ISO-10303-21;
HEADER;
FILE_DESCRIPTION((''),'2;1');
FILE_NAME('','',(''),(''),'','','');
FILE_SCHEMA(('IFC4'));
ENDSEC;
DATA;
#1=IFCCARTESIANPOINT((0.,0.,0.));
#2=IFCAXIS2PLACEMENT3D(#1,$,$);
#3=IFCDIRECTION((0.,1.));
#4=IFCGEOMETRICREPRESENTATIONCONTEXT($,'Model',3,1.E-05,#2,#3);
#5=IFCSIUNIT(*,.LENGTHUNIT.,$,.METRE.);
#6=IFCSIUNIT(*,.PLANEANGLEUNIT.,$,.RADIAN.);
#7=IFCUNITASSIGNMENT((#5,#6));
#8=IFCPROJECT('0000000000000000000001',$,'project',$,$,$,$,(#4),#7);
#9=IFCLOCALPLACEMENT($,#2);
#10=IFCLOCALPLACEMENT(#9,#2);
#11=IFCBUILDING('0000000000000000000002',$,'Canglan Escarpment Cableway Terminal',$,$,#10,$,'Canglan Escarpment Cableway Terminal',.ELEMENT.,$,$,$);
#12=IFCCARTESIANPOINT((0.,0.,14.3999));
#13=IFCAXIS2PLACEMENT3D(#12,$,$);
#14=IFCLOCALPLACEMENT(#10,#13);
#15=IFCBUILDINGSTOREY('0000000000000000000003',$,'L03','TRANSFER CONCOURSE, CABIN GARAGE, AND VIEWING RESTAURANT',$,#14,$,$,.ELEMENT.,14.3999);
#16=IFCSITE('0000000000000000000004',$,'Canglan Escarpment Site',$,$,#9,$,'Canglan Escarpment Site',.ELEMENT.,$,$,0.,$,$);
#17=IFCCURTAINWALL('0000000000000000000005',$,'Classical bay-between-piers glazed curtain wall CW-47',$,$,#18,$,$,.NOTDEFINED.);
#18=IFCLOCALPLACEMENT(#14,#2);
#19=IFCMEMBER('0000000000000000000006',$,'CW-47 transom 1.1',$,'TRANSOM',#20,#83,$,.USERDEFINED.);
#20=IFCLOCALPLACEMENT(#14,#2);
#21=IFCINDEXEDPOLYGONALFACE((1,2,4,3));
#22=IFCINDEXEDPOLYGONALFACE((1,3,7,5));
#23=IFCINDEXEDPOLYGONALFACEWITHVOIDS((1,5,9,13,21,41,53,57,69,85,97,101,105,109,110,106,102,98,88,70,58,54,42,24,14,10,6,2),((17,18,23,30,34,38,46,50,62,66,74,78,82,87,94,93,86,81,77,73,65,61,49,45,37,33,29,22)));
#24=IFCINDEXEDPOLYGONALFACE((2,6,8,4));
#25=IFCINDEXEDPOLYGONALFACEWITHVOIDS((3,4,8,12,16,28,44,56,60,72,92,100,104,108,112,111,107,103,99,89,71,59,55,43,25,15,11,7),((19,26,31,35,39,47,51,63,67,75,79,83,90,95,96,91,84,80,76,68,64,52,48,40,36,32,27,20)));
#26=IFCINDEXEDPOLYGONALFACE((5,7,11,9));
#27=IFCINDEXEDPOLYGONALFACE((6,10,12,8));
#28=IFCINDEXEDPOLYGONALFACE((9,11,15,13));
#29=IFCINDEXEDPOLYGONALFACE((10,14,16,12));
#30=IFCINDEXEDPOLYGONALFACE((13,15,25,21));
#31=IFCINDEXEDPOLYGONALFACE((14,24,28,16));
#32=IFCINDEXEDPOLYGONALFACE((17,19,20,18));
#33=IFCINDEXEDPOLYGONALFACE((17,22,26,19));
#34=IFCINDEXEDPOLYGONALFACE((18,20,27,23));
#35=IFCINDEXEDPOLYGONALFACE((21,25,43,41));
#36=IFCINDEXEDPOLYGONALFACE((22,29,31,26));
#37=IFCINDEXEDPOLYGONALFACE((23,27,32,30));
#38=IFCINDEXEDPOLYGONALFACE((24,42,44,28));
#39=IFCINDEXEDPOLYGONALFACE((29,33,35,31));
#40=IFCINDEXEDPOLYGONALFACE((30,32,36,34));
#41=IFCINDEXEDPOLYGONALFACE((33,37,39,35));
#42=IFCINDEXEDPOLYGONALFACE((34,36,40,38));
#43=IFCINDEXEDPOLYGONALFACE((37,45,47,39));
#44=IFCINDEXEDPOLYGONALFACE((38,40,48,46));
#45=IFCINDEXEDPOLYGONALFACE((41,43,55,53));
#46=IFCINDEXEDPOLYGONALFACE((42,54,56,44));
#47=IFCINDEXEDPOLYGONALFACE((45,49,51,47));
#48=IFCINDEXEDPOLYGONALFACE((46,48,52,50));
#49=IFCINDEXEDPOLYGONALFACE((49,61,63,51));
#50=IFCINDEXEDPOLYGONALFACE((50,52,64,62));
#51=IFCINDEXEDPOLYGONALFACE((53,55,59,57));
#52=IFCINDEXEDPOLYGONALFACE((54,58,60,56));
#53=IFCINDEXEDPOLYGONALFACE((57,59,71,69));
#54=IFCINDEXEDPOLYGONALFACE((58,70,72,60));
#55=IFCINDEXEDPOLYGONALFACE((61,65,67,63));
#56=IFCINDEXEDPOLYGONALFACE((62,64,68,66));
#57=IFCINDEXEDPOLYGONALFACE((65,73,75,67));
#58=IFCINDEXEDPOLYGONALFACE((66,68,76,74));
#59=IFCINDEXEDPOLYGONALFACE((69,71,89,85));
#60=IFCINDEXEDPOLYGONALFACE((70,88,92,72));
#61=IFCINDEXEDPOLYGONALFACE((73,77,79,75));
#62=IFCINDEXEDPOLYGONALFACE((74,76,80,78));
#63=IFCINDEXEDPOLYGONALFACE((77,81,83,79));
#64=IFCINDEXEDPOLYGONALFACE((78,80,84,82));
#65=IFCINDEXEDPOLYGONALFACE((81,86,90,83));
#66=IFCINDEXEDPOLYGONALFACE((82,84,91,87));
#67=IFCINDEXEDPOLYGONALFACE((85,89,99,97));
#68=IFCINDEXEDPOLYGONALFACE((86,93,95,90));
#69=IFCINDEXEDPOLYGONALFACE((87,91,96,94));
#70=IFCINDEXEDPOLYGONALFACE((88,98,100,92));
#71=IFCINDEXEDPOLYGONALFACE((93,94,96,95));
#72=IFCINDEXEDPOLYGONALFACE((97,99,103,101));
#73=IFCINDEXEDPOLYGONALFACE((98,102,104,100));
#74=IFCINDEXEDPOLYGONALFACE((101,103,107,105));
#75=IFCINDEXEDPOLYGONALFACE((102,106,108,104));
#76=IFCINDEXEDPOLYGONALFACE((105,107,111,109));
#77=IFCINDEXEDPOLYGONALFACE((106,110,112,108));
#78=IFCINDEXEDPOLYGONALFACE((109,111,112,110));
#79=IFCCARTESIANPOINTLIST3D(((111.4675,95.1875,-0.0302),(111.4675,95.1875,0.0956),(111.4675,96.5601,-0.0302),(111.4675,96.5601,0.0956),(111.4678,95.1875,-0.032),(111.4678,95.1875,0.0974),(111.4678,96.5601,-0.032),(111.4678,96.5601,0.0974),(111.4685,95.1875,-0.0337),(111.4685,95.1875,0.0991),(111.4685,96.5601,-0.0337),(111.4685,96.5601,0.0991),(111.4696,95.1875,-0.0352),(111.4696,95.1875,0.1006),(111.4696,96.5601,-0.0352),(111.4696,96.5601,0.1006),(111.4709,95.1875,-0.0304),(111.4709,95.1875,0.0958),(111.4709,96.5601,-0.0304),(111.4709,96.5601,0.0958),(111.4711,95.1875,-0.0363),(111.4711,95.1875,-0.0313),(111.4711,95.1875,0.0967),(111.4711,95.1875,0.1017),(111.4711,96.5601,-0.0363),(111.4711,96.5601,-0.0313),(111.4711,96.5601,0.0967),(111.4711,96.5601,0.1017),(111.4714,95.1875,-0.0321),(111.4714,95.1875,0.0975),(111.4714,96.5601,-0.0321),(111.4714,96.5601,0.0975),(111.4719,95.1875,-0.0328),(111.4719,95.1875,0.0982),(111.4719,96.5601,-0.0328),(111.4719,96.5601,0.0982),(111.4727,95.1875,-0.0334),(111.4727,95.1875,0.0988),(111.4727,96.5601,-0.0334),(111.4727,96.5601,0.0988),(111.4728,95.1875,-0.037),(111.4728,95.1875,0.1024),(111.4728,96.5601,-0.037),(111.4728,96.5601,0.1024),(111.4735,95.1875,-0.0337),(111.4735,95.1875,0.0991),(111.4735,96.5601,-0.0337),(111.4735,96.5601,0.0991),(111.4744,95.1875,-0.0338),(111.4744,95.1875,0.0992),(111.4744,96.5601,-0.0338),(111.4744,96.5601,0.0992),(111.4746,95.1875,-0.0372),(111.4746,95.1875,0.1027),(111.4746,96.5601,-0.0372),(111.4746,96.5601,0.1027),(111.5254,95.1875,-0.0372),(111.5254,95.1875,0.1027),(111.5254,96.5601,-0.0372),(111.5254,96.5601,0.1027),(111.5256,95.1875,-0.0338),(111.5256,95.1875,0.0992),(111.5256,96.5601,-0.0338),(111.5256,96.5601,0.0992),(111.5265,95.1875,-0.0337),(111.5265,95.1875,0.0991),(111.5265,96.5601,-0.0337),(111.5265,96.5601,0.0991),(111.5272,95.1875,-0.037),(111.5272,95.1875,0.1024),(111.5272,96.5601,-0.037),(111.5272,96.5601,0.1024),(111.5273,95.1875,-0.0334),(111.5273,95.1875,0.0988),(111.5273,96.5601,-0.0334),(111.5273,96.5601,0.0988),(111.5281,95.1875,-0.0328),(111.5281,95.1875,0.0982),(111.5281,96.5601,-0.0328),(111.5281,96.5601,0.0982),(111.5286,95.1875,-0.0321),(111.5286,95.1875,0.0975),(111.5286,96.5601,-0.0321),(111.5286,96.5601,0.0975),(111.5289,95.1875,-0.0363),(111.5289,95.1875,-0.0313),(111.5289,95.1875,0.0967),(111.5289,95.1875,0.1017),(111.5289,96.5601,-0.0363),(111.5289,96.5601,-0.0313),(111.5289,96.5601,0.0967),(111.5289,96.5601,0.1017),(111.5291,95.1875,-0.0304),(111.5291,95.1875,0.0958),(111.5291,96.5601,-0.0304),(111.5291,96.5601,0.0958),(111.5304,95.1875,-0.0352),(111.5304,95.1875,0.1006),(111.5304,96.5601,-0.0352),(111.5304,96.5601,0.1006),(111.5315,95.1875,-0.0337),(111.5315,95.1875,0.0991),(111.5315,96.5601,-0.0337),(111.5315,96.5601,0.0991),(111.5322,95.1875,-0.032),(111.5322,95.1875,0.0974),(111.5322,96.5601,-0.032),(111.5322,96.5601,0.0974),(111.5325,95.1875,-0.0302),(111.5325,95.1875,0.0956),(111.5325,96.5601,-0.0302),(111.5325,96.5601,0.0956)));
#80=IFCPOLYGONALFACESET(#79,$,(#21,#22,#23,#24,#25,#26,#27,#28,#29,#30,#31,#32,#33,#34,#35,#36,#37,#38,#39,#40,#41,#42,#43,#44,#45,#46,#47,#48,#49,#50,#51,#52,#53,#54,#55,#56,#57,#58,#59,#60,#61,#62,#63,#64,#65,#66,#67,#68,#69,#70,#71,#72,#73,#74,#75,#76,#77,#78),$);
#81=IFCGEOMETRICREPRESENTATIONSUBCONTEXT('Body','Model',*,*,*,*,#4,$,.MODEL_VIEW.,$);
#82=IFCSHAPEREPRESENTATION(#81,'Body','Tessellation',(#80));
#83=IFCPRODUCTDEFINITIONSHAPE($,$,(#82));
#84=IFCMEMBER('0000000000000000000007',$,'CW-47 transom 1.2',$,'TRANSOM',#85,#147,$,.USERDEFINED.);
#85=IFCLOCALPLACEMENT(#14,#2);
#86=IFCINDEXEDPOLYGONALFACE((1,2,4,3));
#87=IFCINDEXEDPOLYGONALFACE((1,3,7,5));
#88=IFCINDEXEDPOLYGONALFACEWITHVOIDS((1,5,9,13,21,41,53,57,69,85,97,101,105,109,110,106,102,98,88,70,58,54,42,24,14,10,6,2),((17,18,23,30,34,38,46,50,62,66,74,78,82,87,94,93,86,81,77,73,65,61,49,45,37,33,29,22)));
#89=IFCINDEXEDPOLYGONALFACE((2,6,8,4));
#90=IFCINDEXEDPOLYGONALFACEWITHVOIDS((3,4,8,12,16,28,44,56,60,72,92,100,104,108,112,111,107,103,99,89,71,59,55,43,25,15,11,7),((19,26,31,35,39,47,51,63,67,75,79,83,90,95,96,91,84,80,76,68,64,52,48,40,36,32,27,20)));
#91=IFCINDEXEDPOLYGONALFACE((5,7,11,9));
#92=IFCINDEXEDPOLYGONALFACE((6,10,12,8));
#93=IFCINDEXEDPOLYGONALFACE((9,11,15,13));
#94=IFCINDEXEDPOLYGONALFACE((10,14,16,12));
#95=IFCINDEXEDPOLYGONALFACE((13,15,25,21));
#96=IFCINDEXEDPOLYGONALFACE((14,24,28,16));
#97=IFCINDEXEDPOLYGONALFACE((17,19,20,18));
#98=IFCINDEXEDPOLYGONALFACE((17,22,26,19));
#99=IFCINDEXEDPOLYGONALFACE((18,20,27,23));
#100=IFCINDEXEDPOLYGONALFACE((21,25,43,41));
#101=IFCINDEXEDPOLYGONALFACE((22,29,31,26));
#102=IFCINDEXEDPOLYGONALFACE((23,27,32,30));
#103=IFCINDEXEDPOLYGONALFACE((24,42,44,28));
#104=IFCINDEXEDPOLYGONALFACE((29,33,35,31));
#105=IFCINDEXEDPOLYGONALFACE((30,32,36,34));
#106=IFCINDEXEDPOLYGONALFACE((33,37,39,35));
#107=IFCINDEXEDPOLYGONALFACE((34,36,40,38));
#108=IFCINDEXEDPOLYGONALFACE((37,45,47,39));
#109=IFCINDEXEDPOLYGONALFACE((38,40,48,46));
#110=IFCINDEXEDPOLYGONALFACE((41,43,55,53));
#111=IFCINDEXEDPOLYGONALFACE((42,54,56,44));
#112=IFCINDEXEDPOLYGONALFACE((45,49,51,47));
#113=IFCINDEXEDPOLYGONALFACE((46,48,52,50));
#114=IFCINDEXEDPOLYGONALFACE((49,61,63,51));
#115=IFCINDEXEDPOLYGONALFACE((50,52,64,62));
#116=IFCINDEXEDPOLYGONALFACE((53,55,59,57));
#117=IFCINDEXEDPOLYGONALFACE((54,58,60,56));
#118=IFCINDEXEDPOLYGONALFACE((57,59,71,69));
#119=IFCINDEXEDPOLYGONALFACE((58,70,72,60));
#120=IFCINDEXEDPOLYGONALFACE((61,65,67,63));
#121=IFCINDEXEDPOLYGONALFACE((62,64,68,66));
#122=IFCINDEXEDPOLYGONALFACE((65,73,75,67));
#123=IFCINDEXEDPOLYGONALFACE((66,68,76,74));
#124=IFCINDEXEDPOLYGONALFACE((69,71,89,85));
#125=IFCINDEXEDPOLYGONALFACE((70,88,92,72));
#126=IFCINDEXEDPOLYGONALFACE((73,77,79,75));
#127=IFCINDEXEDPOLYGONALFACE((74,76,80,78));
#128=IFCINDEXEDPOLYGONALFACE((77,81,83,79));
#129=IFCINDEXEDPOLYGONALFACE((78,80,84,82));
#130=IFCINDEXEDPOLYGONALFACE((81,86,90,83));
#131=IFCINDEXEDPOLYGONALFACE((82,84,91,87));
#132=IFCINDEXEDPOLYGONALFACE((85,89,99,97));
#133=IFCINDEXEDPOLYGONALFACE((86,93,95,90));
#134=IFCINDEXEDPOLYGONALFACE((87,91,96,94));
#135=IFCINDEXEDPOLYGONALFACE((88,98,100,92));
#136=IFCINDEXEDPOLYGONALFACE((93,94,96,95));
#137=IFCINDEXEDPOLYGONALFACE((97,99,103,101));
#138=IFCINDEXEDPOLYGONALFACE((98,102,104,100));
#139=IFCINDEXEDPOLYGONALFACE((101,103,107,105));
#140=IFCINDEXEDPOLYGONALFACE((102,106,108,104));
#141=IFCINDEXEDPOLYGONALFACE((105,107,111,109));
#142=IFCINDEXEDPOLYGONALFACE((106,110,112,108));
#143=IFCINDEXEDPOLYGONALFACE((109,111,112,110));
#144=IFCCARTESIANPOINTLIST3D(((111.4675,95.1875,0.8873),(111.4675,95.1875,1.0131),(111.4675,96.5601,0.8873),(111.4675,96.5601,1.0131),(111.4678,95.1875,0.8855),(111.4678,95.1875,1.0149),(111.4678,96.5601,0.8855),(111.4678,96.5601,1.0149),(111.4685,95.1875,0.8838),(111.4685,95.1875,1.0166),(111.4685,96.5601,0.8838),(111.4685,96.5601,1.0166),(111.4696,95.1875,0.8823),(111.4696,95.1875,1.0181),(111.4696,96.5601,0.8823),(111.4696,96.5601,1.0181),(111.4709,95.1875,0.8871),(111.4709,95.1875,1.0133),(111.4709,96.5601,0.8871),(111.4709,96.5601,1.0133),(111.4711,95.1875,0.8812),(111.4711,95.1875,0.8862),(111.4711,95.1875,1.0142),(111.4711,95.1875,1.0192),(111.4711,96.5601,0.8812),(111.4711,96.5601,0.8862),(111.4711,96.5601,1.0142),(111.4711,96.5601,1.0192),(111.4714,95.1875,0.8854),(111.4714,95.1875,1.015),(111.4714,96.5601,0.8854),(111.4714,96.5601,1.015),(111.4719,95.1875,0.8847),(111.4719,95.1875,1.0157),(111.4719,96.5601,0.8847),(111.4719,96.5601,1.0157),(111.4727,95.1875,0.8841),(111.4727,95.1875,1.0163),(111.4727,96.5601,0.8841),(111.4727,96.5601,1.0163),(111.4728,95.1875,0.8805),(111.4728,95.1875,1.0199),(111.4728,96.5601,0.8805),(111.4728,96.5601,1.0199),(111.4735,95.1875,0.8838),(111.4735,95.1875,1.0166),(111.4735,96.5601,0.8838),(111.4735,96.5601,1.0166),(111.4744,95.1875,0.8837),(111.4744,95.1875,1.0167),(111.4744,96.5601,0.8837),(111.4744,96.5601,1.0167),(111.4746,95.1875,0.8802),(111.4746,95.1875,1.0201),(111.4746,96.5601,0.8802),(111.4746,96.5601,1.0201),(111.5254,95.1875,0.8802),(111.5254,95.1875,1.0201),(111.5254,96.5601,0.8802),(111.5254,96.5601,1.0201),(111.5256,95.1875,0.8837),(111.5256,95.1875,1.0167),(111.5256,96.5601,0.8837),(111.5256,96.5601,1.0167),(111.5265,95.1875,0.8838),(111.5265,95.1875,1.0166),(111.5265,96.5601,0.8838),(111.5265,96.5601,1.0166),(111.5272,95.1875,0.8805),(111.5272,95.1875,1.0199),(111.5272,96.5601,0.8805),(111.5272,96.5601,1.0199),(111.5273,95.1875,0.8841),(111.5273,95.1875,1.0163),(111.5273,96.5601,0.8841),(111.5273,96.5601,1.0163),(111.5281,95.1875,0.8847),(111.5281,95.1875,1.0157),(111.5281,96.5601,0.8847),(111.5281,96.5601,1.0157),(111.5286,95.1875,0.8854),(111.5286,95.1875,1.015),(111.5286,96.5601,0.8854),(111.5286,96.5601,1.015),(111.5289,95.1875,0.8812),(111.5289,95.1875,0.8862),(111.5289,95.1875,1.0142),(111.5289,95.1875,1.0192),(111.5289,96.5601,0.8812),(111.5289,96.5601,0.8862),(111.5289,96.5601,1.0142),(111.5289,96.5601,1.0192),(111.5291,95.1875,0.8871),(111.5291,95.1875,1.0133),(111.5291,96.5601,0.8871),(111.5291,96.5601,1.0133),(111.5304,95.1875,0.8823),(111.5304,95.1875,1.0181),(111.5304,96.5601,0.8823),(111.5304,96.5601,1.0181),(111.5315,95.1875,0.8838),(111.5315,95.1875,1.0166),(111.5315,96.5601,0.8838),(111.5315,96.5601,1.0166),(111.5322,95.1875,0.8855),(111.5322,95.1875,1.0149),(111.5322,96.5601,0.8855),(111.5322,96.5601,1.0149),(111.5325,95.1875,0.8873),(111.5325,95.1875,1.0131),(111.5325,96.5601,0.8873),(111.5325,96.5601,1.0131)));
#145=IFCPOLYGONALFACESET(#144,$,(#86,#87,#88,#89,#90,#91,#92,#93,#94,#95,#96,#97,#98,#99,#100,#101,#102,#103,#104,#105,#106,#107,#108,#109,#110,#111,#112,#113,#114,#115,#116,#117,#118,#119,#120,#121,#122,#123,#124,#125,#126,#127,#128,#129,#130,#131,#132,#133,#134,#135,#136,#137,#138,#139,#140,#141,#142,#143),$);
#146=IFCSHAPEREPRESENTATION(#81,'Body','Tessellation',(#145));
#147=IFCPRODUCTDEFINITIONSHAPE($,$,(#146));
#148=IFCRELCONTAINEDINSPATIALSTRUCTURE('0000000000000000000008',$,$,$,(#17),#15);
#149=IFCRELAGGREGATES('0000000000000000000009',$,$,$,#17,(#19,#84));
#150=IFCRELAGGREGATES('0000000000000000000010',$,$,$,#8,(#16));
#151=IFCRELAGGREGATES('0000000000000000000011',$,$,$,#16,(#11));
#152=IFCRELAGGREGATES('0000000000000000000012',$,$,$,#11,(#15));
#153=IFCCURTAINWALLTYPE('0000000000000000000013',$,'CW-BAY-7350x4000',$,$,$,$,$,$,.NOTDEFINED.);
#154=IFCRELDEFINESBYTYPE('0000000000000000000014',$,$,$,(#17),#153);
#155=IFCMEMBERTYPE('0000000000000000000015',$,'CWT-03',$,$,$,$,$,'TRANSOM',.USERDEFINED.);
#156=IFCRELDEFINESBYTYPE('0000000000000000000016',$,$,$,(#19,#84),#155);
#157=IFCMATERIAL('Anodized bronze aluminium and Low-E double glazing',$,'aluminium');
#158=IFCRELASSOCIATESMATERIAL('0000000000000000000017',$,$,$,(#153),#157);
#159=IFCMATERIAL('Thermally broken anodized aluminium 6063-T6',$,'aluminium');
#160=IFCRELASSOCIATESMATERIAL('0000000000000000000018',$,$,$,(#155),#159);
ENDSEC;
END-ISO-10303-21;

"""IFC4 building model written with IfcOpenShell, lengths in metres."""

from ifc_helpers import new_model, si_unit, direction, frame, origin, origin_2d, place, context, subcontext, project, spatial, hollow_rectangle, extrude, material, material_profile, profile_set, type_object, element, aggregate, save


model = new_model("IFC4")

# Units and contexts
model_context = context("Model", 3, precision=1e-05, world=origin(), true_north=direction((0.0, 1.0)))
body_context = subcontext(model_context, "Body", "Model", "MODEL_VIEW")
ifc_project = project(units=[si_unit("LENGTHUNIT", "METRE"), si_unit("PLANEANGLEUNIT", "RADIAN")], contexts=[model_context])

# Site, building, storey
site_placement = place(None, origin())
site = spatial("IfcSite", under=ifc_project, at=site_placement, Name="Canglan Escarpment Site", LongName="Canglan Escarpment Site", CompositionType="ELEMENT", RefElevation=0.0)
building_placement = place(site_placement, origin())
building = spatial("IfcBuilding", under=site, at=building_placement, Name="Canglan Escarpment Cableway Terminal", LongName="Canglan Escarpment Cableway Terminal", CompositionType="ELEMENT")
storey_placement = place(building_placement, frame((0.0, 0.0, 14.3999)))
storey = spatial("IfcBuildingStorey", under=building, at=storey_placement, Name="L03", Description="TRANSFER CONCOURSE, CABIN GARAGE, AND VIEWING RESTAURANT", CompositionType="ELEMENT", Elevation=14.3999)

# Shared definitions
ifc_material_1 = material(Name="Anodized bronze aluminium and Low-E double glazing", Category="aluminium")
ifc_material_2 = material(Name="Thermally broken anodized aluminium 6063-T6", Category="aluminium")

# Curtain wall
curtain_wall_type_1 = type_object("IfcCurtainWallType", Name="CW-BAY-7350x4000", PredefinedType="NOTDEFINED", material=ifc_material_1)
curtain_wall_1_placement = place(storey_placement, origin())
curtain_wall_1 = element("IfcCurtainWall", 1, at=curtain_wall_1_placement, inside=storey, type_object=curtain_wall_type_1, Name="Classical bay-between-piers glazed curtain wall CW-47", PredefinedType="NOTDEFINED")

# Members
ifc_material_profile_1 = material_profile(ifc_material_2, hollow_rectangle(XDim=0.0649, YDim=0.1399, WallThickness=0.0034, InnerFilletRadius=0.0034, OuterFilletRadius=0.0071, at=origin_2d()), Name="ALU-TRAN 65x140x3.5")
ifc_profile_set_1 = profile_set([ifc_material_profile_1], Name="Thermally broken anodized aluminium 6063-T6")
member_type_1 = type_object("IfcMemberType", Name="CWT-03", ElementType="TRANSOM", PredefinedType="USERDEFINED", material=ifc_profile_set_1)
member_1_placement = place(storey_placement, frame((111.5, 96.5601, 0.0327), z_axis=(0.0, -1.0, 0.0), x_axis=(1.0, 0.0, 0.0)))
member_1 = element("IfcMember", 2, at=member_1_placement, type_object=member_type_1, Name="CW-47 transom 1.1", ObjectType="TRANSOM", PredefinedType="USERDEFINED", context=body_context, shape_type="SweptSolid", body=[
    extrude(hollow_rectangle(XDim=0.0649, YDim=0.1399, WallThickness=0.0034, InnerFilletRadius=0.0034, OuterFilletRadius=0.0071, at=origin_2d()), origin(), (0.0, 0.0, 1.0), 1.3726),
])
member_2_placement = place(storey_placement, frame((111.5, 96.5601, 0.9502), z_axis=(0.0, -1.0, 0.0), x_axis=(1.0, 0.0, 0.0)))
member_2 = element("IfcMember", 3, at=member_2_placement, type_object=member_type_1, Name="CW-47 transom 1.2", ObjectType="TRANSOM", PredefinedType="USERDEFINED", context=body_context, shape_type="SweptSolid", body=[
    extrude(hollow_rectangle(XDim=0.0649, YDim=0.1399, WallThickness=0.0034, InnerFilletRadius=0.0034, OuterFilletRadius=0.0071, at=origin_2d()), origin(), (0.0, 0.0, 1.0), 1.3726),
])

aggregate(curtain_wall_1, [member_1, member_2])

save(model, "model.ifc")
